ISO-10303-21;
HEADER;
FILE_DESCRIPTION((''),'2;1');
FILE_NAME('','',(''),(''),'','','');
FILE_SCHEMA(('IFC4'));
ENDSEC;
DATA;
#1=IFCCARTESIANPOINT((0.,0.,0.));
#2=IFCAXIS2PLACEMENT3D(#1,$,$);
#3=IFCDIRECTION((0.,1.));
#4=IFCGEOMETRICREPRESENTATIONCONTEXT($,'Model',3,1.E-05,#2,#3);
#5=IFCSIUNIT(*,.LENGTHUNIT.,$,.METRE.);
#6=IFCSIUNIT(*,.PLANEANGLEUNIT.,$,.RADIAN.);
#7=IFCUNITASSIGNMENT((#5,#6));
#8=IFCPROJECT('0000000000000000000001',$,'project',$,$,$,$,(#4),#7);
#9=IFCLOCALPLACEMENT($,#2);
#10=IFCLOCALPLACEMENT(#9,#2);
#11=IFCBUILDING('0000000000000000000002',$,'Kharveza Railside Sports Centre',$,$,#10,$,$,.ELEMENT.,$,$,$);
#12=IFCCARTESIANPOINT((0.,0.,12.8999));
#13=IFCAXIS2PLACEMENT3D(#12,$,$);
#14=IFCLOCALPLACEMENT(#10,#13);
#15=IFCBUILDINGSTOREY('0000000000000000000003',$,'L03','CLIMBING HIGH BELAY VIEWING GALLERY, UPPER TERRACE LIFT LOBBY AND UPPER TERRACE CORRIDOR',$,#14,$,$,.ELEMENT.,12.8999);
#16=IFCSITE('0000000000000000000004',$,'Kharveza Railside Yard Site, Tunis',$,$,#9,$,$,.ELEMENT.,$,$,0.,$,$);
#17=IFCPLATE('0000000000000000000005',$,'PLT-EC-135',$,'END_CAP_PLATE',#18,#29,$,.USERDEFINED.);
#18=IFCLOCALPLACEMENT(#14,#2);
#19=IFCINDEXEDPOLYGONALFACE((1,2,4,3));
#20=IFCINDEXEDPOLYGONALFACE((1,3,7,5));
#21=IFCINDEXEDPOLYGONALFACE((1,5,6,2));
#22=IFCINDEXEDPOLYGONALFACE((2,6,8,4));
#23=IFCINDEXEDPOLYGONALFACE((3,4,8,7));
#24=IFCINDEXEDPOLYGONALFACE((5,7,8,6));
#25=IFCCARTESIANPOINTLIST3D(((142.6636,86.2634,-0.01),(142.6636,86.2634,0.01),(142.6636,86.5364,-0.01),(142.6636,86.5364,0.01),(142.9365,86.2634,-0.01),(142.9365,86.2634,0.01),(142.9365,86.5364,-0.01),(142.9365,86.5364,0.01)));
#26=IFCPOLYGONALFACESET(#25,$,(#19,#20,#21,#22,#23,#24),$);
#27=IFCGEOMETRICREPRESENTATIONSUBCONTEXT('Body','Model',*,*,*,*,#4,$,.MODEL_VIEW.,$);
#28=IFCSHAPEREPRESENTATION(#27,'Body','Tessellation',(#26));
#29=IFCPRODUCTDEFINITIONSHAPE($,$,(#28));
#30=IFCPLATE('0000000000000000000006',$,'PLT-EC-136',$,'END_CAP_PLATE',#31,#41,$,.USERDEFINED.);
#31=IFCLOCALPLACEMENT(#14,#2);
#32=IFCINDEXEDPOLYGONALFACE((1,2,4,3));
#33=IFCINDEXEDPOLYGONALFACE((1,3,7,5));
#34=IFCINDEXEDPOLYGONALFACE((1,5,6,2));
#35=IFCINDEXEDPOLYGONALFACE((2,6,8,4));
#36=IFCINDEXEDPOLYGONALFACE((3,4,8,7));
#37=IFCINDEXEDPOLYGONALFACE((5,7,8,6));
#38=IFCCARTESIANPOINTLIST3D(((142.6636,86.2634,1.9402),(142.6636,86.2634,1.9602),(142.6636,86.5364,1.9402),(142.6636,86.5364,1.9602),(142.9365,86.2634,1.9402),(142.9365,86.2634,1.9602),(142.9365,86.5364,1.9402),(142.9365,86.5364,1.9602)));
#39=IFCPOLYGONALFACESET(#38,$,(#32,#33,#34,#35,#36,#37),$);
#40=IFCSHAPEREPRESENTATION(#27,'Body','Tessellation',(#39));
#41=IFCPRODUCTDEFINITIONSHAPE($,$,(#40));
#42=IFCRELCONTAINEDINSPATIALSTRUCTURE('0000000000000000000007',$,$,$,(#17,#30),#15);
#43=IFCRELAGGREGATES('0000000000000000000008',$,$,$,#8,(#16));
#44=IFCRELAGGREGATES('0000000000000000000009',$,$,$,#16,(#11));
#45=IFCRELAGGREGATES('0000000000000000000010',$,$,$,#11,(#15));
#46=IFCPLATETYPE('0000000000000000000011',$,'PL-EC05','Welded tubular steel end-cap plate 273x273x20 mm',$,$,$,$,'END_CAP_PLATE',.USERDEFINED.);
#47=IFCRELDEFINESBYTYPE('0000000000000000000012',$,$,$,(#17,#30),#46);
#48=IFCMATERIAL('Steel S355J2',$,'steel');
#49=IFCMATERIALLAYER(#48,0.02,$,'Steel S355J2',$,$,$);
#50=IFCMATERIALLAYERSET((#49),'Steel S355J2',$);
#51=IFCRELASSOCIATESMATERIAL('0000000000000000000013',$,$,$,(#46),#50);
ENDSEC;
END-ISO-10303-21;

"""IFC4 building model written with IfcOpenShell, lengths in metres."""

from ifc_helpers import new_model, si_unit, direction, frame, origin, origin_2d, place, context, subcontext, project, spatial, rectangle, extrude, material, layer, layer_set, type_object, element, save


model = new_model("IFC4")

# Units and contexts
model_context = context("Model", 3, precision=1e-05, world=origin(), true_north=direction((0.0, 1.0)))
body_context = subcontext(model_context, "Body", "Model", "MODEL_VIEW")
ifc_project = project(units=[si_unit("LENGTHUNIT", "METRE"), si_unit("PLANEANGLEUNIT", "RADIAN")], contexts=[model_context])

# Site, building, storey
site_placement = place(None, origin())
site = spatial("IfcSite", under=ifc_project, at=site_placement, Name="Kharveza Railside Yard Site, Tunis", CompositionType="ELEMENT", RefElevation=0.0)
building_placement = place(site_placement, origin())
building = spatial("IfcBuilding", under=site, at=building_placement, Name="Kharveza Railside Sports Centre", CompositionType="ELEMENT")
storey_placement = place(building_placement, frame((0.0, 0.0, 12.8999)))
storey = spatial("IfcBuildingStorey", under=building, at=storey_placement, Name="L03", Description="CLIMBING HIGH BELAY VIEWING GALLERY, UPPER TERRACE LIFT LOBBY AND UPPER TERRACE CORRIDOR", CompositionType="ELEMENT", Elevation=12.8999)

# Shared definitions
ifc_material_1 = material(Name="Steel S355J2", Category="steel")

# Plates
ifc_layer_1 = layer(ifc_material_1, 0.02, Name="Steel S355J2")
ifc_layer_set_1 = layer_set([ifc_layer_1], Name="Steel S355J2")
plate_type_1 = type_object("IfcPlateType", Name="PL-EC05", Description="Welded tubular steel end-cap plate 273x273x20 mm", ElementType="END_CAP_PLATE", PredefinedType="USERDEFINED", material=ifc_layer_set_1)
for number, where, z_axis, x_axis, name in (
    (1, (142.8, 86.3999, -0.01), (0.0, 0.0, 1.0), (1.0, 0.0, 0.0), "PLT-EC-135"),
    (2, (142.8, 86.3999, 1.9402), (0.0, 0.0, 1.0), (1.0, 0.0, 0.0), "PLT-EC-136"),
):
    element("IfcPlate", number, at=place(storey_placement, frame(where, z_axis=z_axis, x_axis=x_axis)), inside=storey, type_object=plate_type_1, Name=name, ObjectType="END_CAP_PLATE", PredefinedType="USERDEFINED", context=body_context, shape_type="SweptSolid", body=[
        extrude(rectangle(XDim=0.2729, YDim=0.2729, at=origin_2d()), origin(), (0.0, 0.0, 1.0), 0.02),
    ])

save(model, "model.ifc")
